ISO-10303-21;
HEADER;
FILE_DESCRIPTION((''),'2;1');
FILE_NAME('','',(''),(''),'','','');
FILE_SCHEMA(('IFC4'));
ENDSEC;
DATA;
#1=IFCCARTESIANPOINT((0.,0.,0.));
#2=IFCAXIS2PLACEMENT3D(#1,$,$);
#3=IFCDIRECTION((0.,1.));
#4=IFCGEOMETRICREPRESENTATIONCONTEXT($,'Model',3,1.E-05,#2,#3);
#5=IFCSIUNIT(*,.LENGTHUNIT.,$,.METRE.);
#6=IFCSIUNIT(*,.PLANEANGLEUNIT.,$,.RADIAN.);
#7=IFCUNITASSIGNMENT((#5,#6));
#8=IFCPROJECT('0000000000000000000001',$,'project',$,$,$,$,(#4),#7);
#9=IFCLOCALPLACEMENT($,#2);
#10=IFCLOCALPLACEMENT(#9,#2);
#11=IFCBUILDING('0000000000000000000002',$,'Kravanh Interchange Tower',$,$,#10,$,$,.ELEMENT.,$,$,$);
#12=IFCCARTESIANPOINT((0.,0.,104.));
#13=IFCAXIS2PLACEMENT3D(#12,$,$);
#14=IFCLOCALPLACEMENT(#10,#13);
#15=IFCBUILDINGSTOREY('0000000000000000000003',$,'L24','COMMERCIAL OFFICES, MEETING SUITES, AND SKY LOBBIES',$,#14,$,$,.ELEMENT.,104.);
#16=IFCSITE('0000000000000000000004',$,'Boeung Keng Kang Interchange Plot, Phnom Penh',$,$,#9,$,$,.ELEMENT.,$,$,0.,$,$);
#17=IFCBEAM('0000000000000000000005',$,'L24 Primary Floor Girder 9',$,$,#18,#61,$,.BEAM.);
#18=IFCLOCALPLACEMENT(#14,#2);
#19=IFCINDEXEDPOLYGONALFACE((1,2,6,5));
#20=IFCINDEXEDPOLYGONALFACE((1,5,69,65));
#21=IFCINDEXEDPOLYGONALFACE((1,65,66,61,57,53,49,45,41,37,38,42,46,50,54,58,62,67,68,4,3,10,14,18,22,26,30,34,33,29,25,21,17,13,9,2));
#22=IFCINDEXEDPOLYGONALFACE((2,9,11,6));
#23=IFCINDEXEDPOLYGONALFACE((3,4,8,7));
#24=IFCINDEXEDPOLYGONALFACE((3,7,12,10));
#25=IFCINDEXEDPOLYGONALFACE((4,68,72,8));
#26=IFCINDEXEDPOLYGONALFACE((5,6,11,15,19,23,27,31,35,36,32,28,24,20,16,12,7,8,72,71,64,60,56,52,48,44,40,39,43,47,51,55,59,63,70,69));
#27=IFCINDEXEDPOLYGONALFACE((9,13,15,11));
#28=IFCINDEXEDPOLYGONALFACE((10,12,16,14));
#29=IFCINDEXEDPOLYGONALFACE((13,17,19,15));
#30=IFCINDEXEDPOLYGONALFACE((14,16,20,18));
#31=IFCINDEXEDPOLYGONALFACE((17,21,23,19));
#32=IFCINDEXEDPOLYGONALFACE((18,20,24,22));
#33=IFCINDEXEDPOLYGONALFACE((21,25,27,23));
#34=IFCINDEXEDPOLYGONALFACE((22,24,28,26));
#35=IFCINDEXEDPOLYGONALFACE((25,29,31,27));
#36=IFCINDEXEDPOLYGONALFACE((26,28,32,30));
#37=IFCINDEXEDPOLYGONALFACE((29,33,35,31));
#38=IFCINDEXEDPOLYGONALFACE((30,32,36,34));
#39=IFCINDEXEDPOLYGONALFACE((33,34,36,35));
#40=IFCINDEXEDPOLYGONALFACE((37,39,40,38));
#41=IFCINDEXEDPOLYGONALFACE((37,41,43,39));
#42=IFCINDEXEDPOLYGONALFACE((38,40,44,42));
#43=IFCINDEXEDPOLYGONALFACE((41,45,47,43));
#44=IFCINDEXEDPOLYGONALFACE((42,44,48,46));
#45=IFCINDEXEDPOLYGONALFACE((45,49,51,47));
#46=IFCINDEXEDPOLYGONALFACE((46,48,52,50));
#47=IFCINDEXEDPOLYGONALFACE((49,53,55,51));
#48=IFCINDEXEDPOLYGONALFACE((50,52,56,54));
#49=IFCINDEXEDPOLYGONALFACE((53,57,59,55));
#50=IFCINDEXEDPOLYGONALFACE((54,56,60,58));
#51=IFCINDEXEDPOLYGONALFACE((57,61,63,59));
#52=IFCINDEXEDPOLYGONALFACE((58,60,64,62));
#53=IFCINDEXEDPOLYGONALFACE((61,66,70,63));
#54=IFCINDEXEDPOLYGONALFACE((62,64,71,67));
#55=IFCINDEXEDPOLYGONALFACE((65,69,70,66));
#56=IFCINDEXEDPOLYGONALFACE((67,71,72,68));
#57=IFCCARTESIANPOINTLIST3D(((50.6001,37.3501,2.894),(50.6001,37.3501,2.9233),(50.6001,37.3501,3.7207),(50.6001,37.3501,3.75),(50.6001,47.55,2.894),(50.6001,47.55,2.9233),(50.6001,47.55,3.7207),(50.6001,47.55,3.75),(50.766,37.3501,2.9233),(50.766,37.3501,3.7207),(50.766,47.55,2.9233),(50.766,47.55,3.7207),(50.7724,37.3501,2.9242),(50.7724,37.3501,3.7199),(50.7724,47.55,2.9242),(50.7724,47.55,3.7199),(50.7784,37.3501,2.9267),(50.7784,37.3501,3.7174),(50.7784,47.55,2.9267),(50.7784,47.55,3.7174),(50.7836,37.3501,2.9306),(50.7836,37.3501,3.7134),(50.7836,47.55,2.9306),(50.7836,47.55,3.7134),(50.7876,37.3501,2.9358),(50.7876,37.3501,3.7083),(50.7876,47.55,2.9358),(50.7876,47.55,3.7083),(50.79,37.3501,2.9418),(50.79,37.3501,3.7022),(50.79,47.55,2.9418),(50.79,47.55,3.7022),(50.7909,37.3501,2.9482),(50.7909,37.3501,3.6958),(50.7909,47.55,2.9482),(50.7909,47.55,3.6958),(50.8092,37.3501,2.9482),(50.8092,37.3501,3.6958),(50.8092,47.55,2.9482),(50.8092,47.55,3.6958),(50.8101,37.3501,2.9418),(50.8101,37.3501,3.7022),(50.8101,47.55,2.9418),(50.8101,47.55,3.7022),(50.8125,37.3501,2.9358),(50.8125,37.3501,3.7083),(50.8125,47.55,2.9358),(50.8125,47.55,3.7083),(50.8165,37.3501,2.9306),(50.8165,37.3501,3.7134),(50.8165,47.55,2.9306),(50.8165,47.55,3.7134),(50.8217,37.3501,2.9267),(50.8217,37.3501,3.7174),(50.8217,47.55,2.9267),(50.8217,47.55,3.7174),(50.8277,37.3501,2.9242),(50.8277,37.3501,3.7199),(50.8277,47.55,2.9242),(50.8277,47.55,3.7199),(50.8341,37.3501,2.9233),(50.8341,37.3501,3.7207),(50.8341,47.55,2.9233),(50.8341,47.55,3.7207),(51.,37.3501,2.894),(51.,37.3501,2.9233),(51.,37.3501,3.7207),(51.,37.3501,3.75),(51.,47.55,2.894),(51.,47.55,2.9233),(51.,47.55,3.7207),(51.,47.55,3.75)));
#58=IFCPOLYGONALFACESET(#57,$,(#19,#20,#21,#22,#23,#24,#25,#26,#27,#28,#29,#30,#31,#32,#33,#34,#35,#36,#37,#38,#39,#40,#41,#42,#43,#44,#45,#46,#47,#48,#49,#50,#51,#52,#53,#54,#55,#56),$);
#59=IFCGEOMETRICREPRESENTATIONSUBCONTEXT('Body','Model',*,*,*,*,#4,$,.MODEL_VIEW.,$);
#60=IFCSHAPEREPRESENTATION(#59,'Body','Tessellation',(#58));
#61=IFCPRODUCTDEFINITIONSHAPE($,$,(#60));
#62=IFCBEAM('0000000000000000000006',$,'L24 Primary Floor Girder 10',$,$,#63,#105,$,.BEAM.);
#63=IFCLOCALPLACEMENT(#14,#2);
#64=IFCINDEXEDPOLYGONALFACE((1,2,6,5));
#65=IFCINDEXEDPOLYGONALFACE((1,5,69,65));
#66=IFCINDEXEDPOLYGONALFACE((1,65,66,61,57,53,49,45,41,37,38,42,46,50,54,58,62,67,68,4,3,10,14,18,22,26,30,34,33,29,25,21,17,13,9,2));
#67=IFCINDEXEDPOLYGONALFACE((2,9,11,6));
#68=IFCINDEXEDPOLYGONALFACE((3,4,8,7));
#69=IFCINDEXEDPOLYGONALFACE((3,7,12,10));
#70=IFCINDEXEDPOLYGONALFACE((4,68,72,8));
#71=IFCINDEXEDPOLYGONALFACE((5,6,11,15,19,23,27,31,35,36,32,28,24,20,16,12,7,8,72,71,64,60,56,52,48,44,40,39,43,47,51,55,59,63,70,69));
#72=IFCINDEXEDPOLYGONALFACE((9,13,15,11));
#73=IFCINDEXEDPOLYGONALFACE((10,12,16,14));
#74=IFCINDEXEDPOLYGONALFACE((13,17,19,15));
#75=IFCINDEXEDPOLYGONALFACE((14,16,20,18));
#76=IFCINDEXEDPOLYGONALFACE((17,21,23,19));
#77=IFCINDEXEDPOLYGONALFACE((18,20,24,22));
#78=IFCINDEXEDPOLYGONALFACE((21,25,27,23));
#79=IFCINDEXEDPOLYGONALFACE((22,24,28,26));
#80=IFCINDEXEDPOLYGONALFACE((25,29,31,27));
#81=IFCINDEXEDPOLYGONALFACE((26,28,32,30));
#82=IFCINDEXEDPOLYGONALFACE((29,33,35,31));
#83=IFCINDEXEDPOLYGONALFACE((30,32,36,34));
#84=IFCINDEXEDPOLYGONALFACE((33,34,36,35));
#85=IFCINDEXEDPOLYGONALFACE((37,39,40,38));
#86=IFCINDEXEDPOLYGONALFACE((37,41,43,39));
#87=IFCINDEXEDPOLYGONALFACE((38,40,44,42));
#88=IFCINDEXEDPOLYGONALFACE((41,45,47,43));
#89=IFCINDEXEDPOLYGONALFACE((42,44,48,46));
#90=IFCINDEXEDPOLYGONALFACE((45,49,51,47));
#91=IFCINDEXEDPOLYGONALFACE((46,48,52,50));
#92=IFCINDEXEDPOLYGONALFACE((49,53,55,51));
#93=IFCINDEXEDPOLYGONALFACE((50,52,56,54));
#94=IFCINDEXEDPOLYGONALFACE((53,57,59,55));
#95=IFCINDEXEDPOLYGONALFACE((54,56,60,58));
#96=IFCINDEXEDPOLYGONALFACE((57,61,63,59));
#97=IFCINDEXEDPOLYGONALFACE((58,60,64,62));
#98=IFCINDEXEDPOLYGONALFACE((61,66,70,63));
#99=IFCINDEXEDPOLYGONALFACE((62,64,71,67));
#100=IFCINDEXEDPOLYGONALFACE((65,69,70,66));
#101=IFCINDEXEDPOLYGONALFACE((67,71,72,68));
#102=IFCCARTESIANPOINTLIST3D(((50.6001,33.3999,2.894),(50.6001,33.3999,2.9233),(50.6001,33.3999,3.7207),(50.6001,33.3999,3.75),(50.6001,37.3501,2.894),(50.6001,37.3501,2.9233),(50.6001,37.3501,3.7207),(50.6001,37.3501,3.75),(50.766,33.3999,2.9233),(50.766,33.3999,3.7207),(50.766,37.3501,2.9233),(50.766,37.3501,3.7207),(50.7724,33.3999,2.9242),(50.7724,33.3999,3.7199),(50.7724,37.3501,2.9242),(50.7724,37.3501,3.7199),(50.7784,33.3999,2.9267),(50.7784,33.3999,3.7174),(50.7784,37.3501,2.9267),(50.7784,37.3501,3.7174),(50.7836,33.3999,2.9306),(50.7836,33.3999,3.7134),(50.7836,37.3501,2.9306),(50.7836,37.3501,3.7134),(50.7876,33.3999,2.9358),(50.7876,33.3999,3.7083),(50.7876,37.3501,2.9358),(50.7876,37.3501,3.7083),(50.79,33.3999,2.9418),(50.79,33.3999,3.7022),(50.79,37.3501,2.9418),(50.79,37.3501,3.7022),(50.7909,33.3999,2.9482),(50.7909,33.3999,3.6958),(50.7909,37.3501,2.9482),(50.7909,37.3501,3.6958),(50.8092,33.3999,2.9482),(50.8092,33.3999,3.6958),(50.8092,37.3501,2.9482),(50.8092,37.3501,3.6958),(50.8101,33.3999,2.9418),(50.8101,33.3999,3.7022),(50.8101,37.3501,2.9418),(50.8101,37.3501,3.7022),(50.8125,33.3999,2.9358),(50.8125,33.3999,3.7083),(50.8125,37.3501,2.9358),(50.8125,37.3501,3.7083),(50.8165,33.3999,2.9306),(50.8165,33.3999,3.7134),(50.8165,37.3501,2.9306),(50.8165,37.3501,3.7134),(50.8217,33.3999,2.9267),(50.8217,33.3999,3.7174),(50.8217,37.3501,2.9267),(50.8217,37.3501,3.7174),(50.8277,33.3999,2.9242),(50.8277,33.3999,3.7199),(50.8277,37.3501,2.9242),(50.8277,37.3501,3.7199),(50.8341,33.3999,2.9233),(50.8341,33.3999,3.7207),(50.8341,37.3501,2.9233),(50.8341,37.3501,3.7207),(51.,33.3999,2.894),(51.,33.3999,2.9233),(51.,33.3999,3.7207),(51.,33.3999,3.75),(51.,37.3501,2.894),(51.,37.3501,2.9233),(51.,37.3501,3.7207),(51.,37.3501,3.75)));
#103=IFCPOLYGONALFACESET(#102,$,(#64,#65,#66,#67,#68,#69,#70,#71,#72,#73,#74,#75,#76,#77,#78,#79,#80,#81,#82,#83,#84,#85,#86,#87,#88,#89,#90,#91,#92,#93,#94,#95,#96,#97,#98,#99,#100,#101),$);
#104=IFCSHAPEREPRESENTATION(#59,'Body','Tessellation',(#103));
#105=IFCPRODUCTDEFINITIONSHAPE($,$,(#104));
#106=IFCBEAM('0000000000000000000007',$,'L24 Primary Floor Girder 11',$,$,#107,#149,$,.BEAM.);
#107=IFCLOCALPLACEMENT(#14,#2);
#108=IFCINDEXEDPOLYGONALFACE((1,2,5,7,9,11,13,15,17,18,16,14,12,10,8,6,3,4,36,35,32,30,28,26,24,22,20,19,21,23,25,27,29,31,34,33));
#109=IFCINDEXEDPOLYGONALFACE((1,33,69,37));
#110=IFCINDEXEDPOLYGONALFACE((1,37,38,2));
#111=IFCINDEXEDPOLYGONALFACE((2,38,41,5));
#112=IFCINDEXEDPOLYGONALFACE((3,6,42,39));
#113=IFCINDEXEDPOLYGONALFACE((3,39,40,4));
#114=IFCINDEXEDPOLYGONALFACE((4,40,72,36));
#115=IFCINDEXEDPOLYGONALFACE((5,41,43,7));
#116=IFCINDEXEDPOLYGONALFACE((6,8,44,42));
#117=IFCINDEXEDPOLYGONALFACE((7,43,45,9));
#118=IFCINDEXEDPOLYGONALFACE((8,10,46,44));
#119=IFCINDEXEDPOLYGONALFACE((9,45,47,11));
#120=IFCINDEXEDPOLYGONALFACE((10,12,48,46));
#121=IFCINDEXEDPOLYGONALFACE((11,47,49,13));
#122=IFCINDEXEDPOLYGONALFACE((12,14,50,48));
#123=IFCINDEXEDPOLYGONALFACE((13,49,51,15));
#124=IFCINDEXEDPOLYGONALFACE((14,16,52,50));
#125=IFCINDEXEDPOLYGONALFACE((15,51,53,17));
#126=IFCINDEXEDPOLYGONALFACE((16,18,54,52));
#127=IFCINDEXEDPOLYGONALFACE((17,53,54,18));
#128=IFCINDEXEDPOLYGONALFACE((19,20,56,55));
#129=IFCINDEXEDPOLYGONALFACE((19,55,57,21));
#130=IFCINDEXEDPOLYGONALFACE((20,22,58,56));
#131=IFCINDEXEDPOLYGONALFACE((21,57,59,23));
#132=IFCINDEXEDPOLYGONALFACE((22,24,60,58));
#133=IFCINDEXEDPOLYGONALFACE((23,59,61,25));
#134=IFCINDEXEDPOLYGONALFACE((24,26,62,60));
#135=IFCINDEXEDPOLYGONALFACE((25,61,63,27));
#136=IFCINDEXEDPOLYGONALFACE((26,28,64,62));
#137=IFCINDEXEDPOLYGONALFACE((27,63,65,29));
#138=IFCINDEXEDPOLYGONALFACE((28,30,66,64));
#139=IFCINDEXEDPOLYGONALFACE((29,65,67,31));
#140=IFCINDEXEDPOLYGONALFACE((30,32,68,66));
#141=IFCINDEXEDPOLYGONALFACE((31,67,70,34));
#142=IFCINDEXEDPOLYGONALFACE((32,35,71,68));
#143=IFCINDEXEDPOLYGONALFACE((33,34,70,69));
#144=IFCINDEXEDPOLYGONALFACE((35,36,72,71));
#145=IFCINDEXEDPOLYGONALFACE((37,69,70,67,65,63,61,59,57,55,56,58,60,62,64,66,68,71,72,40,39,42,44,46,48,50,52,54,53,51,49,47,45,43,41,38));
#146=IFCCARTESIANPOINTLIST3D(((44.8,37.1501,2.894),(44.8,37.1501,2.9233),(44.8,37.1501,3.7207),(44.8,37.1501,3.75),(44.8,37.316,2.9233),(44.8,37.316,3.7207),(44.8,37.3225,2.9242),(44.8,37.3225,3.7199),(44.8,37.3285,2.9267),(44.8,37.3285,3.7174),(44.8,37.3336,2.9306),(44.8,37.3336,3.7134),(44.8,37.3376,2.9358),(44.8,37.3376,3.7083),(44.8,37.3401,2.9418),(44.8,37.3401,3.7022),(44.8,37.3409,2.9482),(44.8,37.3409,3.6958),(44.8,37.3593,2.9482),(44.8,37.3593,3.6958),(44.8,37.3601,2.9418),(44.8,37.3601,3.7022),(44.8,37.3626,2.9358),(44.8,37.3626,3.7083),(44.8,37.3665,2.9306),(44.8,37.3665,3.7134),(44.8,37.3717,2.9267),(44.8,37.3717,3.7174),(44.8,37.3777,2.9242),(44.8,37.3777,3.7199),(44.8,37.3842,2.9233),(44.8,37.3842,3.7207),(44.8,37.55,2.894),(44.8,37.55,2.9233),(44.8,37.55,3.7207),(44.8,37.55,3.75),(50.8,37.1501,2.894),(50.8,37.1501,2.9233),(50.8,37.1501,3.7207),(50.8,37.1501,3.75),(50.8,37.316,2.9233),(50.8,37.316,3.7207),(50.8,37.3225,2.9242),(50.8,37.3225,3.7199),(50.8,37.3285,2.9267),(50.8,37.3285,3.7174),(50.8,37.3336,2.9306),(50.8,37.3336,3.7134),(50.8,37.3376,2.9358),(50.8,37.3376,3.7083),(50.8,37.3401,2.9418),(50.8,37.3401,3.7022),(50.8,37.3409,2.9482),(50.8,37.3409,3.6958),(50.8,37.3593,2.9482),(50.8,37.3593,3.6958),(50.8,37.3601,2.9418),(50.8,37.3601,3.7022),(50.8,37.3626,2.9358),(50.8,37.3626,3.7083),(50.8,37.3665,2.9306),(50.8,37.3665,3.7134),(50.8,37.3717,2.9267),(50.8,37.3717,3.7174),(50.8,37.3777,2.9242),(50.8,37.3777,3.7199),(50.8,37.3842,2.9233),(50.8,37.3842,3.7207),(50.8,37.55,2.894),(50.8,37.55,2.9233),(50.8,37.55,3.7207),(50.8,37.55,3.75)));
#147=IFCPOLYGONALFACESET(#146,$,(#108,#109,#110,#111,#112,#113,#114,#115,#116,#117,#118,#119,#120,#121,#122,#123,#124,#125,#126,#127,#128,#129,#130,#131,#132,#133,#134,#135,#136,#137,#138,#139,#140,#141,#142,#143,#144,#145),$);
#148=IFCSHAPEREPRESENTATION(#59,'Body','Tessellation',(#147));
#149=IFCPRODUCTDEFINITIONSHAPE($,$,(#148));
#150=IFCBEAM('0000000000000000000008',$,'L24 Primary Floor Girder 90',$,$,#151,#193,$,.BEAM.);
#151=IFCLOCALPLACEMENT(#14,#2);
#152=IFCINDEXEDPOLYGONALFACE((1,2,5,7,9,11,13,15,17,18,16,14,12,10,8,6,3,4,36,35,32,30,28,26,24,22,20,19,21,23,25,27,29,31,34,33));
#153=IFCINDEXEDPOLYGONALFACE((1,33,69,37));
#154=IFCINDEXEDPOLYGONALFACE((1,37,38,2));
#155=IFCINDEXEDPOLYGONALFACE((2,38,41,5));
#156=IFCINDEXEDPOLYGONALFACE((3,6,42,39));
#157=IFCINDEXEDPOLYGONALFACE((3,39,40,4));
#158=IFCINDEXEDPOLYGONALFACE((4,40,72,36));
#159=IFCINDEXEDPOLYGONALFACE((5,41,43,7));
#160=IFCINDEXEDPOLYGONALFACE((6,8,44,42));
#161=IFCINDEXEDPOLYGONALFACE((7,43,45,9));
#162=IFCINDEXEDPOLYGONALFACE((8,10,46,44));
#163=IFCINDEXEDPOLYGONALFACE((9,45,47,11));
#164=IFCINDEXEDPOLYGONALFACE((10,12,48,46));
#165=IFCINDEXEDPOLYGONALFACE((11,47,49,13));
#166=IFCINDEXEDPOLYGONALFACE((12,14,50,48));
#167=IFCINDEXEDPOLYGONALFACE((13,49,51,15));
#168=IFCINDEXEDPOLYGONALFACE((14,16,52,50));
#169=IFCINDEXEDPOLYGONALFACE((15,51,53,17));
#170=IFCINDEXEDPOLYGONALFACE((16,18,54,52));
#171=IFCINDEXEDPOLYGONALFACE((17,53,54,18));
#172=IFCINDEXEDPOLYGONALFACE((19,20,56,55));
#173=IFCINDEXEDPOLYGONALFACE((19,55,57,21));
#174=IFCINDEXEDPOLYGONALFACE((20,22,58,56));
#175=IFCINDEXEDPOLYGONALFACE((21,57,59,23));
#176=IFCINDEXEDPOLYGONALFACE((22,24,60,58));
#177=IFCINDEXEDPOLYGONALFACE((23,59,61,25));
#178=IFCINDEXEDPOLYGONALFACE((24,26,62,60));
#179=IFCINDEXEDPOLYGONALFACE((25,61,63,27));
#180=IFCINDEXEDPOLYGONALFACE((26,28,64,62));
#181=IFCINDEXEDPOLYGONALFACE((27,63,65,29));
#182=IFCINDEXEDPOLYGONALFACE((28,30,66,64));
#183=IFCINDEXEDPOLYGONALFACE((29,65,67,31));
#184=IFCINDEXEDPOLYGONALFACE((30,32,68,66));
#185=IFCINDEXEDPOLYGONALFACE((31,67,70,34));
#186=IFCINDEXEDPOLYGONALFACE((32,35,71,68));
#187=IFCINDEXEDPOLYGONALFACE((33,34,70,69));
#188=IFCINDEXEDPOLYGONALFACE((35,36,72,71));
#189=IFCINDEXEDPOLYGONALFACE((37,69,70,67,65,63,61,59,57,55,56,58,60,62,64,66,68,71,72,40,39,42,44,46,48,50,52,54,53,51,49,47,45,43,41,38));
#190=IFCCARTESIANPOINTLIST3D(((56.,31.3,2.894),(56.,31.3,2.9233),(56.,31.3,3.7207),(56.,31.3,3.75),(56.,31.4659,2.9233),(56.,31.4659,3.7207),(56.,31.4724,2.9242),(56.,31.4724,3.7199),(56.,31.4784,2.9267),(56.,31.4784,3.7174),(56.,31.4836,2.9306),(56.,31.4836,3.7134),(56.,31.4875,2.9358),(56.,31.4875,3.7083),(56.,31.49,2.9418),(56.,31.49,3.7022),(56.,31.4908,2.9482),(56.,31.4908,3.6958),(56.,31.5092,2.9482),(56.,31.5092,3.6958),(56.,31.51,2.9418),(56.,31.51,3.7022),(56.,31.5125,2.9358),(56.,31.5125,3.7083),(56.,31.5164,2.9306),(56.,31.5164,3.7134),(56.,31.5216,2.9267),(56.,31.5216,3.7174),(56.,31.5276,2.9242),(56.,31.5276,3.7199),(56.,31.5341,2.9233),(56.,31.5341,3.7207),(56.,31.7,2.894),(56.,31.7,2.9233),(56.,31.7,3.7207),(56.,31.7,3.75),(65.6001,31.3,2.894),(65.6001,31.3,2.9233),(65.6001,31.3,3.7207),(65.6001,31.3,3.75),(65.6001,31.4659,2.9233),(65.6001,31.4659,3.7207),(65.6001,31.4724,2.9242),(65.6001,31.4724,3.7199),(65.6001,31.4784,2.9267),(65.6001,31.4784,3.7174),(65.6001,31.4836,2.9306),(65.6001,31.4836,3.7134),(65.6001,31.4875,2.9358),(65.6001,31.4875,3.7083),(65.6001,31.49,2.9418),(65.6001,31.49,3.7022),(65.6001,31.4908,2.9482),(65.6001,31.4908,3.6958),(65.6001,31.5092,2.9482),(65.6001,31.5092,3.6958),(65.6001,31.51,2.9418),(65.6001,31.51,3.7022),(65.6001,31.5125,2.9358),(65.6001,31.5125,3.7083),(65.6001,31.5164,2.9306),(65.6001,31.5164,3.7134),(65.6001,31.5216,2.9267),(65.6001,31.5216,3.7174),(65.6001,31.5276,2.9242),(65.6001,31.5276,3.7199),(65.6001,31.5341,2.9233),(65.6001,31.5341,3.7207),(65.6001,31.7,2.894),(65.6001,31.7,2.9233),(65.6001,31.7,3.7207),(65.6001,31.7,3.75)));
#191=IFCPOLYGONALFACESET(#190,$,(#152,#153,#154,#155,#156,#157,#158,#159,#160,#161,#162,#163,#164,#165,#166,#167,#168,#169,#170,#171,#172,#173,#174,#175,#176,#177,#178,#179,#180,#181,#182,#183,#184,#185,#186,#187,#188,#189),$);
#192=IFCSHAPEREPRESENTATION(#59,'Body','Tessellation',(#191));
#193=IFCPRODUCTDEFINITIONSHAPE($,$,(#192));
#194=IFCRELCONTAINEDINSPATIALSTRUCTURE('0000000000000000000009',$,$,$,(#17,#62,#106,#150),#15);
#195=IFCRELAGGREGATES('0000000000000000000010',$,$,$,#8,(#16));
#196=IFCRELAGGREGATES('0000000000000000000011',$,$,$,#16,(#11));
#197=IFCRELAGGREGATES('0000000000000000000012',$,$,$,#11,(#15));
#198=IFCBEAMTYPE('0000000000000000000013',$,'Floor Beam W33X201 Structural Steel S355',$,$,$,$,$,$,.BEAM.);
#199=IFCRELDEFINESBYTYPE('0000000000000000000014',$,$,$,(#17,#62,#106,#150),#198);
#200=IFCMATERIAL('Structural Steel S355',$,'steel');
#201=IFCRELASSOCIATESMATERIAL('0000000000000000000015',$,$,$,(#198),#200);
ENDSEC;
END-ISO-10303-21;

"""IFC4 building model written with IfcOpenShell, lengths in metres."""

from ifc_helpers import new_model, si_unit, direction, frame, origin, origin_2d, place, context, subcontext, project, spatial, i_section, extrude, material, material_profile, profile_set, type_object, element, save


model = new_model("IFC4")

# Units and contexts
model_context = context("Model", 3, precision=1e-05, world=origin(), true_north=direction((0.0, 1.0)))
body_context = subcontext(model_context, "Body", "Model", "MODEL_VIEW")
ifc_project = project(units=[si_unit("LENGTHUNIT", "METRE"), si_unit("PLANEANGLEUNIT", "RADIAN")], contexts=[model_context])

# Site, building, storey
site_placement = place(None, origin())
site = spatial("IfcSite", under=ifc_project, at=site_placement, Name="Boeung Keng Kang Interchange Plot, Phnom Penh", CompositionType="ELEMENT", RefElevation=0.0)
building_placement = place(site_placement, origin())
building = spatial("IfcBuilding", under=site, at=building_placement, Name="Kravanh Interchange Tower", CompositionType="ELEMENT")
storey_placement = place(building_placement, frame((0.0, 0.0, 104.0)))
storey = spatial("IfcBuildingStorey", under=building, at=storey_placement, Name="L24", Description="COMMERCIAL OFFICES, MEETING SUITES, AND SKY LOBBIES", CompositionType="ELEMENT", Elevation=104.0)

# Beams
ifc_material_1 = material(Name="Structural Steel S355", Category="steel")
ifc_material_profile_1 = material_profile(ifc_material_1, i_section(OverallWidth=0.3999, OverallDepth=0.856, WebThickness=0.0183, FlangeThickness=0.0293, FilletRadius=0.0249, at=origin_2d()), Name="W33X201")
ifc_profile_set_1 = profile_set([ifc_material_profile_1], Name="Structural Steel S355")
beam_type_1 = type_object("IfcBeamType", Name="Floor Beam W33X201 Structural Steel S355", PredefinedType="BEAM", material=ifc_profile_set_1)
beam_1_placement = place(storey_placement, frame((50.8, 47.55, 3.322), z_axis=(0.0, -1.0, 0.0), x_axis=(1.0, 0.0, 0.0)))
element("IfcBeam", 1, at=beam_1_placement, inside=storey, type_object=beam_type_1, Name="L24 Primary Floor Girder 9", PredefinedType="BEAM", context=body_context, shape_type="SweptSolid", body=[
    extrude(i_section(OverallWidth=0.3999, OverallDepth=0.856, WebThickness=0.0183, FlangeThickness=0.0293, FilletRadius=0.0249, at=origin_2d()), origin(), (0.0, 0.0, 1.0), 10.2),
])
beam_2_placement = place(storey_placement, frame((50.8, 37.3501, 3.322), z_axis=(0.0, -1.0, 0.0), x_axis=(1.0, 0.0, 0.0)))
element("IfcBeam", 2, at=beam_2_placement, inside=storey, type_object=beam_type_1, Name="L24 Primary Floor Girder 10", PredefinedType="BEAM", context=body_context, shape_type="SweptSolid", body=[
    extrude(i_section(OverallWidth=0.3999, OverallDepth=0.856, WebThickness=0.0183, FlangeThickness=0.0293, FilletRadius=0.0249, at=origin_2d()), origin(), (0.0, 0.0, 1.0), 3.9502),
])
beam_3_placement = place(storey_placement, frame((50.8, 37.3501, 3.322), z_axis=(-1.0, 0.0, 0.0), x_axis=(0.0, -1.0, 0.0)))
element("IfcBeam", 3, at=beam_3_placement, inside=storey, type_object=beam_type_1, Name="L24 Primary Floor Girder 11", PredefinedType="BEAM", context=body_context, shape_type="SweptSolid", body=[
    extrude(i_section(OverallWidth=0.3999, OverallDepth=0.856, WebThickness=0.0183, FlangeThickness=0.0293, FilletRadius=0.0249, at=origin_2d()), origin(), (0.0, 0.0, 1.0), 6.0),
])
beam_4_placement = place(storey_placement, frame((56.0, 31.5, 3.322), z_axis=(1.0, 0.0, 0.0), x_axis=(0.0, 1.0, 0.0)))
element("IfcBeam", 4, at=beam_4_placement, inside=storey, type_object=beam_type_1, Name="L24 Primary Floor Girder 90", PredefinedType="BEAM", context=body_context, shape_type="SweptSolid", body=[
    extrude(i_section(OverallWidth=0.3999, OverallDepth=0.856, WebThickness=0.0183, FlangeThickness=0.0293, FilletRadius=0.0249, at=origin_2d()), origin(), (0.0, 0.0, 1.0), 9.6001),
])

save(model, "model.ifc")
